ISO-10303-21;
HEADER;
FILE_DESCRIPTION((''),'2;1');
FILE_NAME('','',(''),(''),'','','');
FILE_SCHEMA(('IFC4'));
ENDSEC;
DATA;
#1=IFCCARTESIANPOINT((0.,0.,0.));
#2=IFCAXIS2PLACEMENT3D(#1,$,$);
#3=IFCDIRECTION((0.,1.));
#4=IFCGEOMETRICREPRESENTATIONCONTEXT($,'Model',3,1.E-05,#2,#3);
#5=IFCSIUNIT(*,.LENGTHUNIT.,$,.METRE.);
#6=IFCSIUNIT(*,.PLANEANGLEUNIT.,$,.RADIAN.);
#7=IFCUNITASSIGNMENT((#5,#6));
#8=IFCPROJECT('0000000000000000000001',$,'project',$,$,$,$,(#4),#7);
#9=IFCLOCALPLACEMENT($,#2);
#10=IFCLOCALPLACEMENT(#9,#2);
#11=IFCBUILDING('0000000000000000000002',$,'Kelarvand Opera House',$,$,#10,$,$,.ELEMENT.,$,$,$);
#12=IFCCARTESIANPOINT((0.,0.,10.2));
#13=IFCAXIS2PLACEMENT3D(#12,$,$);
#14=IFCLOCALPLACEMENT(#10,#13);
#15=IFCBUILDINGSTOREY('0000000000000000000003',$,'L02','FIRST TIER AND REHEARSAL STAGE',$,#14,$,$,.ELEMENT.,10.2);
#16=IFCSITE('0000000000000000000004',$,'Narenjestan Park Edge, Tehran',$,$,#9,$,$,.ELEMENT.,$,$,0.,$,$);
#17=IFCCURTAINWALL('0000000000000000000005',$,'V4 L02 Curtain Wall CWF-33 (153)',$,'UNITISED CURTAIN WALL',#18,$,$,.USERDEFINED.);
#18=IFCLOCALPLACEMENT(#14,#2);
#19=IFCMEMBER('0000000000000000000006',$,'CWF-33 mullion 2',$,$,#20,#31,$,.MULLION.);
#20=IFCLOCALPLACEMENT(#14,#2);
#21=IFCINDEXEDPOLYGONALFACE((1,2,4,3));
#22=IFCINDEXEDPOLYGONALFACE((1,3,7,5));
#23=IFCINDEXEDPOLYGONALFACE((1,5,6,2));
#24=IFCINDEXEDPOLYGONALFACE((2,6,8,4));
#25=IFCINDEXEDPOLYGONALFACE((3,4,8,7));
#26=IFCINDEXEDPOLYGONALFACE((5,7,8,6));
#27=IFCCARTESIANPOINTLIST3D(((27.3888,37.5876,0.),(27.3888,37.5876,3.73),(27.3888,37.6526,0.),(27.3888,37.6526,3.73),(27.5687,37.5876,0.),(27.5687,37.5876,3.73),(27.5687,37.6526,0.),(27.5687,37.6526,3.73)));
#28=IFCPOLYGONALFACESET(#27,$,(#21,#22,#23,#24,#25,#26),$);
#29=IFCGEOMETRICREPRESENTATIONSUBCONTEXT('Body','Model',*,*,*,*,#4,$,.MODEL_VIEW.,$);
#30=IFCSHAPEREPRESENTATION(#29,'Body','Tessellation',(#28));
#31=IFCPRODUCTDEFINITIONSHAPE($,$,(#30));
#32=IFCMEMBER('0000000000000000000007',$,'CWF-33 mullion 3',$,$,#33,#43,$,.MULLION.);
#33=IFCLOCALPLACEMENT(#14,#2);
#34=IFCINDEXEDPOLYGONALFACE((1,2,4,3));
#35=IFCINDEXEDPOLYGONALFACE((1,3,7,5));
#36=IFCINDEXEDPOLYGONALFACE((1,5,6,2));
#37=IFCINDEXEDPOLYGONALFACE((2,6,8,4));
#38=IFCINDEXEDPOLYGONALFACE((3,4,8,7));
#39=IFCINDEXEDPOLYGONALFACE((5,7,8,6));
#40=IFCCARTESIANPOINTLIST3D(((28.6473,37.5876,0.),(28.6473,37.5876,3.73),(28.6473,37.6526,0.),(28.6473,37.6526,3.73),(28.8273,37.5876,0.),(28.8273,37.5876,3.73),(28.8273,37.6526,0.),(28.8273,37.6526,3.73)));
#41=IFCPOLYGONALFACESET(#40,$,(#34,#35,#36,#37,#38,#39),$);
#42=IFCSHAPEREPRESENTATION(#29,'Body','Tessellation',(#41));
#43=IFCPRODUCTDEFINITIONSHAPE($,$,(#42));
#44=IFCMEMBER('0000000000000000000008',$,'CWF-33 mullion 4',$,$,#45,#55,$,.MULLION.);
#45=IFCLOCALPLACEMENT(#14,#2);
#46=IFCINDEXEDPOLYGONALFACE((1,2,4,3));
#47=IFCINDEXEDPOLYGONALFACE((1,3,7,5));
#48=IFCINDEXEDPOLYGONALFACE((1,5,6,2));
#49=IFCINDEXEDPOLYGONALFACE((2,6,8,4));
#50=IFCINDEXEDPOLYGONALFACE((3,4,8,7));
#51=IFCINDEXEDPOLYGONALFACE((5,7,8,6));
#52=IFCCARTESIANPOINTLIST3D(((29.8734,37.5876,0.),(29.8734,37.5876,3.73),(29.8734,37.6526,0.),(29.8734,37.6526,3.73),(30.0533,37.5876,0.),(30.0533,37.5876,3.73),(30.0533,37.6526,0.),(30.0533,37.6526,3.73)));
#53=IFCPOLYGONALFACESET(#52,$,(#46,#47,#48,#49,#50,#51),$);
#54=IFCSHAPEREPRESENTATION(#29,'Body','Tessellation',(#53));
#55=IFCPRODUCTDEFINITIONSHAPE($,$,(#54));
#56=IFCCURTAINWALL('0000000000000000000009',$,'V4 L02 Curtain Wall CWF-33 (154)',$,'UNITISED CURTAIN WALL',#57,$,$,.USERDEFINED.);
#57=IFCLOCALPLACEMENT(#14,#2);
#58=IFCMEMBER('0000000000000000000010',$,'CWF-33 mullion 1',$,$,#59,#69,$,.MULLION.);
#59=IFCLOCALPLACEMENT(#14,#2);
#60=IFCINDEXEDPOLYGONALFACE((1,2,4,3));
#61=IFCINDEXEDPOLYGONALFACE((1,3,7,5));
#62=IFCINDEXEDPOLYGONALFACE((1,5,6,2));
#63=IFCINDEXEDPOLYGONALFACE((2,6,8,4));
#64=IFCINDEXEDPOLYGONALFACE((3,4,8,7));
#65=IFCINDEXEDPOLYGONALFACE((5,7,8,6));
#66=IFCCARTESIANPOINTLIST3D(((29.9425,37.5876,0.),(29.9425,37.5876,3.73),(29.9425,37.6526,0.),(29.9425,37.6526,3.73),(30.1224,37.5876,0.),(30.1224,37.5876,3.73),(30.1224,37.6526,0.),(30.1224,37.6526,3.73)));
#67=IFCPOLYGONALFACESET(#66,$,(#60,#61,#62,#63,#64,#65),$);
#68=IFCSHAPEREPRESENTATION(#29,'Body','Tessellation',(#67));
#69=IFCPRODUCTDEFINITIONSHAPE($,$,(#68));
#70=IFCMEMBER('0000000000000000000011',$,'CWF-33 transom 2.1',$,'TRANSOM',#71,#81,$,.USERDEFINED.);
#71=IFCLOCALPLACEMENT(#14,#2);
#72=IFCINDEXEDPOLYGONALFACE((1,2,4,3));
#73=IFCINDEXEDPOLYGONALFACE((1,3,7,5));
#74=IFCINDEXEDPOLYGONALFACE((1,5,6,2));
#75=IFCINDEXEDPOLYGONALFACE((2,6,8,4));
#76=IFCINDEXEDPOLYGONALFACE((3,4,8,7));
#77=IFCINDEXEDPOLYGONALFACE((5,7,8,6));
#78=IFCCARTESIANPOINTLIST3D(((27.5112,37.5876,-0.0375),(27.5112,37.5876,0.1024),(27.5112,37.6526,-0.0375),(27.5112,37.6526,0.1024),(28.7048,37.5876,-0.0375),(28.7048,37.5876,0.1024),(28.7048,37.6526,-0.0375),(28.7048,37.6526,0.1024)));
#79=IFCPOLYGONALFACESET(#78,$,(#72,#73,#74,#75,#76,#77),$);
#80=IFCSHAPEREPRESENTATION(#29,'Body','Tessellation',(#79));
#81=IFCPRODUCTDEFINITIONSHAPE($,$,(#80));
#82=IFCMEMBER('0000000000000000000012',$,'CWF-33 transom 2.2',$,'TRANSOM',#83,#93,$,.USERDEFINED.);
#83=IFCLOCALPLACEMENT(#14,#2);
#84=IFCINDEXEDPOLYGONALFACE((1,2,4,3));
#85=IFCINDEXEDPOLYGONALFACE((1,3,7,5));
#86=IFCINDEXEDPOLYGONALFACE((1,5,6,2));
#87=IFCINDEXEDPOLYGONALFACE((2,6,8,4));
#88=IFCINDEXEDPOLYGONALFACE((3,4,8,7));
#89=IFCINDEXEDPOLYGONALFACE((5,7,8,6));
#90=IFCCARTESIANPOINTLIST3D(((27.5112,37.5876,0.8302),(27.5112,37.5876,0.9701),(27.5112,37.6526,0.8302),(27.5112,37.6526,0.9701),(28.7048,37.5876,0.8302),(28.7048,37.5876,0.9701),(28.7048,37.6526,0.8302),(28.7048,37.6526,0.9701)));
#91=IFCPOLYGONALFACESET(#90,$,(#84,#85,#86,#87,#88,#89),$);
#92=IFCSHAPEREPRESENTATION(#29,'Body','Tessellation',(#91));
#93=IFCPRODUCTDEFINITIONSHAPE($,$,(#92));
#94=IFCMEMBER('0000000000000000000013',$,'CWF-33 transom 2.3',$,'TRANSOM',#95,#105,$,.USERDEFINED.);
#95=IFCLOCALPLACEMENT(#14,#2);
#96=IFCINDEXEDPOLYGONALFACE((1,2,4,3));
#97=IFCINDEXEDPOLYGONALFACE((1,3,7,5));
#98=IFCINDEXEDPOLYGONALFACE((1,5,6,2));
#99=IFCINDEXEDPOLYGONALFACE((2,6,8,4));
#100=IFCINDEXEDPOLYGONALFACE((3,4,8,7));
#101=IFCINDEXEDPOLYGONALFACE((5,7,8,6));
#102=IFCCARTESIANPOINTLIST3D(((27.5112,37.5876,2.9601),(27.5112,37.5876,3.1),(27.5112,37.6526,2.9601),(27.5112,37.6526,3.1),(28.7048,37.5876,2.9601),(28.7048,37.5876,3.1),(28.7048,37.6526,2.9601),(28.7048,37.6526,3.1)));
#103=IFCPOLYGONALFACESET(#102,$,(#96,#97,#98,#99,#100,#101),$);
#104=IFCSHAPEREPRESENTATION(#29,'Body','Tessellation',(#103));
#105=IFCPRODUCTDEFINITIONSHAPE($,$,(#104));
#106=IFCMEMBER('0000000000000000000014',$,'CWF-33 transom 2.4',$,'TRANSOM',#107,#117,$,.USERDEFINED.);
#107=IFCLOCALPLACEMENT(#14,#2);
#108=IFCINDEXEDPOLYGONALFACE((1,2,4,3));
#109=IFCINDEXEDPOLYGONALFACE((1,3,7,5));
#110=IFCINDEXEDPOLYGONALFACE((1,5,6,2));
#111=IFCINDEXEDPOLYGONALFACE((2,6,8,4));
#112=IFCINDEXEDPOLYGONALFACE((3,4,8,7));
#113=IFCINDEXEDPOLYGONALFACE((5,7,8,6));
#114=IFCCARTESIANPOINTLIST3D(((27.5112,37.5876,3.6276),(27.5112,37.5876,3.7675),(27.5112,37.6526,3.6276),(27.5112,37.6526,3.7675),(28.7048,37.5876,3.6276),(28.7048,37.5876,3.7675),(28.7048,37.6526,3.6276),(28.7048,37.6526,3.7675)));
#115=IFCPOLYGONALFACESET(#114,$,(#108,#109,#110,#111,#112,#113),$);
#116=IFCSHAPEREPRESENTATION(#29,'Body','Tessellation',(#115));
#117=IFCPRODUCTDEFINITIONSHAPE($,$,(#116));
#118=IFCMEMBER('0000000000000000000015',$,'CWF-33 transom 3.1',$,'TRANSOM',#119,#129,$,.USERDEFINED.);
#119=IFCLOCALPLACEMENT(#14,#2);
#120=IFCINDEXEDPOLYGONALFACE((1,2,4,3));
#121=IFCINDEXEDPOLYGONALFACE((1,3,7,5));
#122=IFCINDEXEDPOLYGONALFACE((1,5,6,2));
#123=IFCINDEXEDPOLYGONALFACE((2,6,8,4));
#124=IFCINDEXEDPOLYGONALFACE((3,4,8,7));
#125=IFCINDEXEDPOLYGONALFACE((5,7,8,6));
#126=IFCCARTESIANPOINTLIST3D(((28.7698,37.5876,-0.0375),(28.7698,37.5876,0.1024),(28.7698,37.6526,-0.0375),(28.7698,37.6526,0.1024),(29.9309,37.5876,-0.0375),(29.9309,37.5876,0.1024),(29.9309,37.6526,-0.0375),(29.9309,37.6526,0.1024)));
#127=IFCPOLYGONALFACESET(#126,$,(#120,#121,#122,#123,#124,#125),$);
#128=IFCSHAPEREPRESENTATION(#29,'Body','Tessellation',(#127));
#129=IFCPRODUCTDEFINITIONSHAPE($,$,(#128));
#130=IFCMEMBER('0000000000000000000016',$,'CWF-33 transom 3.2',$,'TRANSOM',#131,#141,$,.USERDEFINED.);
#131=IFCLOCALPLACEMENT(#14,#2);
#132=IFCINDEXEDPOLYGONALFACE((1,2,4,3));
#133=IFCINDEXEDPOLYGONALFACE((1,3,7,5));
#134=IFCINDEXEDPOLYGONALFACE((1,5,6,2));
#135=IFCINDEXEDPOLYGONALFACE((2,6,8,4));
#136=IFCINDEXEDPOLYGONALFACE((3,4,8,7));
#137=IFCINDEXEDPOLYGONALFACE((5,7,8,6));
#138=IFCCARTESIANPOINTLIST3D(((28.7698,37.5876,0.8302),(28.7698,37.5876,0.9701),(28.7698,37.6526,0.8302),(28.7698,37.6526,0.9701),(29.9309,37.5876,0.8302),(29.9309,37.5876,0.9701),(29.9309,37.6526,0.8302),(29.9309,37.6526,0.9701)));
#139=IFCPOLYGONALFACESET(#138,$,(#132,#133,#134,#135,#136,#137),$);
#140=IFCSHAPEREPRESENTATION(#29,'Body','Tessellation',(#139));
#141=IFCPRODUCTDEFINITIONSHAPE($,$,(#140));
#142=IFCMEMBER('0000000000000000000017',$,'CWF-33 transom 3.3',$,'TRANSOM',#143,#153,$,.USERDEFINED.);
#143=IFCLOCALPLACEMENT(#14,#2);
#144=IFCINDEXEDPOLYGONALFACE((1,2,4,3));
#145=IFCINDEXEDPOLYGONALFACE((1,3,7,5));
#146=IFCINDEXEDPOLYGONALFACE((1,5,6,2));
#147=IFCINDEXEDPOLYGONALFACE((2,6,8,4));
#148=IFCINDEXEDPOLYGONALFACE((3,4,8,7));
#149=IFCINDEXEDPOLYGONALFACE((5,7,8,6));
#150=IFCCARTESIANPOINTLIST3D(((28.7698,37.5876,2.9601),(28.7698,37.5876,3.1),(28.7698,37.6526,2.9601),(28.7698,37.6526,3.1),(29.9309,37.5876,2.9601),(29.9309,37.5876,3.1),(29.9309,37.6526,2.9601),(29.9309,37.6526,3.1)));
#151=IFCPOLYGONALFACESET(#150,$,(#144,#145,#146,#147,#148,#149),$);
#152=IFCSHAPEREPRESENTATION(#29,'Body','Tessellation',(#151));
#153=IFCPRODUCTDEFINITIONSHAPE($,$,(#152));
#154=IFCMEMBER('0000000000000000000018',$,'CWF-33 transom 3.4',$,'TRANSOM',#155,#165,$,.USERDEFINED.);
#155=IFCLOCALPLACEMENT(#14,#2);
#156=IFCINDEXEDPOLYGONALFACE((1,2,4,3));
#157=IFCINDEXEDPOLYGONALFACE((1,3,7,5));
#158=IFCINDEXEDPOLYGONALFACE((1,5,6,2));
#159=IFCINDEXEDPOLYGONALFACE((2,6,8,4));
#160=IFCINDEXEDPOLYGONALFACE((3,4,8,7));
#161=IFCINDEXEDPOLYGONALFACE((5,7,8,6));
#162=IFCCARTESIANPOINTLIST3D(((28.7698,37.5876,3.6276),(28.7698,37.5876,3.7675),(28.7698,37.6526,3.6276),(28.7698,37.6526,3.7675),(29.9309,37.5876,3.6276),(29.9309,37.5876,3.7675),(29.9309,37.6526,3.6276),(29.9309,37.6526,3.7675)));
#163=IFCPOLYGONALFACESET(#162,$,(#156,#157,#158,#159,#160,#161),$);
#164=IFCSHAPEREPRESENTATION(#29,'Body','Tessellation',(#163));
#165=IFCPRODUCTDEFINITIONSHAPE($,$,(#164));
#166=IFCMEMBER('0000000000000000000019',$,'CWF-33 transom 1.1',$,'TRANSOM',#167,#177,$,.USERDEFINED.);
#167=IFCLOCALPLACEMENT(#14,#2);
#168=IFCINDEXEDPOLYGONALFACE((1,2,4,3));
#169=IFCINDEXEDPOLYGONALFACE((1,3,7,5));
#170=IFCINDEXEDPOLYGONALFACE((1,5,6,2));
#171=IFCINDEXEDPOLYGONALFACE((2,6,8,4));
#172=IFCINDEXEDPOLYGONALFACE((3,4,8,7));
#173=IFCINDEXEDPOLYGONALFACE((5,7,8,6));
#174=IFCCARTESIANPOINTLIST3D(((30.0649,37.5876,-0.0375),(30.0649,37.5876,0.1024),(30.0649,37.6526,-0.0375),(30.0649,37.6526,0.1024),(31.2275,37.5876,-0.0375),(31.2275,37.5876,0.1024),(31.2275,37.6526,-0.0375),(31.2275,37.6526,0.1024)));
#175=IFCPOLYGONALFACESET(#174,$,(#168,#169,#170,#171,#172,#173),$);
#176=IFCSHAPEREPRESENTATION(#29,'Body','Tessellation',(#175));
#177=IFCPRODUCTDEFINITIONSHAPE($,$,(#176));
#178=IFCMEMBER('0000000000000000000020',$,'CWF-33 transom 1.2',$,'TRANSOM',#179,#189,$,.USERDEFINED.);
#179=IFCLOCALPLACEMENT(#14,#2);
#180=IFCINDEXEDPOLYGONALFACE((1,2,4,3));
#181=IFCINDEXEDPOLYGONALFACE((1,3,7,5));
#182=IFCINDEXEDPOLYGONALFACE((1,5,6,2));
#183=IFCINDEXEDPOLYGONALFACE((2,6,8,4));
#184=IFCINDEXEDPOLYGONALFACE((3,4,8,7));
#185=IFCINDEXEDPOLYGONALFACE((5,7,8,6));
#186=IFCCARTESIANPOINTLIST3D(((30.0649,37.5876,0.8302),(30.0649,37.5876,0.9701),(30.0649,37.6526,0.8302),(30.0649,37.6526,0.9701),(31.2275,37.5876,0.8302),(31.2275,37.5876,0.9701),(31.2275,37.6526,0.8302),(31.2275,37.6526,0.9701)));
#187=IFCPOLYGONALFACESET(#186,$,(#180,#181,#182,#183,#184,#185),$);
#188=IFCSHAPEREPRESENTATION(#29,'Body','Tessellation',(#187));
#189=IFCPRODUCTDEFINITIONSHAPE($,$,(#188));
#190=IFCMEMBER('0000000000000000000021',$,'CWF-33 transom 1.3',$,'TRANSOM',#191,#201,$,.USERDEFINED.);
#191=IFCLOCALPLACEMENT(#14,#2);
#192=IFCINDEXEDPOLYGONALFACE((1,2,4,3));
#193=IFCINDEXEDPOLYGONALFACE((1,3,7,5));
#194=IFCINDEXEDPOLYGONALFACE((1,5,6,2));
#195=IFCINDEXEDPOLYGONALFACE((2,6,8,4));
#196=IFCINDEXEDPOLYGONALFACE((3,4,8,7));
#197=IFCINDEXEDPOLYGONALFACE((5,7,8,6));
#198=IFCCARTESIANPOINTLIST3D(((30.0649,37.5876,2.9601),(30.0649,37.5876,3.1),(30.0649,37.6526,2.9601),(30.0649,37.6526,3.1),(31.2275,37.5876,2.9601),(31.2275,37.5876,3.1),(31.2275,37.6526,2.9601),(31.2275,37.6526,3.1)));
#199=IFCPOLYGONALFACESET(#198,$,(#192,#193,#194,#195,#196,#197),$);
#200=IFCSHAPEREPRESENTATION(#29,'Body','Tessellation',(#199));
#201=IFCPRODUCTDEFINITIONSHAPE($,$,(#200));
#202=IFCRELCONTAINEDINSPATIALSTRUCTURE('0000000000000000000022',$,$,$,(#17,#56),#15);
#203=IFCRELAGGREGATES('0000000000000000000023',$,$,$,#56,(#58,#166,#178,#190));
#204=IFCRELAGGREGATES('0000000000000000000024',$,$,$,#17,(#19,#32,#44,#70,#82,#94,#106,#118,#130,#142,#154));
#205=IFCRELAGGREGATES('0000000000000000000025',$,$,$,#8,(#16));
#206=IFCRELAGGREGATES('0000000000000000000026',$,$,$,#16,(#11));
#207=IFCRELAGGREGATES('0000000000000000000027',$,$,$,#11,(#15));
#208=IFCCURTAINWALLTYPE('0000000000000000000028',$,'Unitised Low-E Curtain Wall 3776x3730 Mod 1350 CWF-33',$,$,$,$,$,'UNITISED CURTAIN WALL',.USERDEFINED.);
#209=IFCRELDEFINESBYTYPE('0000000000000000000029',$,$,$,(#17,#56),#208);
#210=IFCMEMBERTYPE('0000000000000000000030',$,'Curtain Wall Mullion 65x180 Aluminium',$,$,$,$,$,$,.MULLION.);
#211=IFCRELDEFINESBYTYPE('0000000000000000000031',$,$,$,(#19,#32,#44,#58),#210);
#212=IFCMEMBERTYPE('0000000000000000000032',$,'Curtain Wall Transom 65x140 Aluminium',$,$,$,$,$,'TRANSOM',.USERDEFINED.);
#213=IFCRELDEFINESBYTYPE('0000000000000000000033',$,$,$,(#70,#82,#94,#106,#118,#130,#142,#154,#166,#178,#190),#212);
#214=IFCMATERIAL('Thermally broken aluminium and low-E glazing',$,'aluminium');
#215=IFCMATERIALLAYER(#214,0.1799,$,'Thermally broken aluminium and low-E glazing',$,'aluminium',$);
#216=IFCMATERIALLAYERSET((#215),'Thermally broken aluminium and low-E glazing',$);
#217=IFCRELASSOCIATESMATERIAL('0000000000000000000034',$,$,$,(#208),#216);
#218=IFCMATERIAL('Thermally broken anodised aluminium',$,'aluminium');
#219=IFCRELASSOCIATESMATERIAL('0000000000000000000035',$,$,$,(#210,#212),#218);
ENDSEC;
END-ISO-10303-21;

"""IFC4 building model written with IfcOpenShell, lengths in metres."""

from ifc_helpers import new_model, si_unit, direction, frame, origin, origin_2d, place, context, subcontext, project, spatial, rectangle, extrude, material, layer, layer_set, material_profile, profile_set, type_object, element, aggregate, save


model = new_model("IFC4")

# Units and contexts
model_context = context("Model", 3, precision=1e-05, world=origin(), true_north=direction((0.0, 1.0)))
body_context = subcontext(model_context, "Body", "Model", "MODEL_VIEW")
ifc_project = project(units=[si_unit("LENGTHUNIT", "METRE"), si_unit("PLANEANGLEUNIT", "RADIAN")], contexts=[model_context])

# Site, building, storey
site_placement = place(None, origin())
site = spatial("IfcSite", under=ifc_project, at=site_placement, Name="Narenjestan Park Edge, Tehran", CompositionType="ELEMENT", RefElevation=0.0)
building_placement = place(site_placement, origin())
building = spatial("IfcBuilding", under=site, at=building_placement, Name="Kelarvand Opera House", CompositionType="ELEMENT")
storey_placement = place(building_placement, frame((0.0, 0.0, 10.2)))
storey = spatial("IfcBuildingStorey", under=building, at=storey_placement, Name="L02", Description="FIRST TIER AND REHEARSAL STAGE", CompositionType="ELEMENT", Elevation=10.2)

# Curtain wall, members
ifc_material_1 = material(Name="Thermally broken aluminium and low-E glazing", Category="aluminium")
ifc_layer_1 = layer(ifc_material_1, 0.1799, Name="Thermally broken aluminium and low-E glazing", Category="aluminium")
ifc_layer_set_1 = layer_set([ifc_layer_1], Name="Thermally broken aluminium and low-E glazing")
curtain_wall_type = type_object("IfcCurtainWallType", Name="Unitised Low-E Curtain Wall 3776x3730 Mod 1350 CWF-33", ElementType="UNITISED CURTAIN WALL", PredefinedType="USERDEFINED", material=ifc_layer_set_1)
curtain_wall_1_placement = place(storey_placement, origin())
curtain_wall_1 = element("IfcCurtainWall", 1, at=curtain_wall_1_placement, inside=storey, type_object=curtain_wall_type, Name="V4 L02 Curtain Wall CWF-33 (153)", ObjectType="UNITISED CURTAIN WALL", PredefinedType="USERDEFINED")
ifc_material_2 = material(Name="Thermally broken anodised aluminium", Category="aluminium")
ifc_material_profile_1 = material_profile(ifc_material_2, rectangle(XDim=0.0649, YDim=0.1799, at=origin_2d()), Name="ALU MULLION 65x180", Category="aluminium")
ifc_profile_set_1 = profile_set([ifc_material_profile_1], Name="Thermally broken anodised aluminium")
member_type_1 = type_object("IfcMemberType", Name="Curtain Wall Mullion 65x180 Aluminium", PredefinedType="MULLION", material=ifc_profile_set_1)
member_1_placement = place(storey_placement, frame((27.4788, 37.6201, 0.0), z_axis=(0.0, 0.0, 1.0), x_axis=(0.0, 1.0, 0.0)))
member_1 = element("IfcMember", 2, at=member_1_placement, type_object=member_type_1, Name="CWF-33 mullion 2", PredefinedType="MULLION", context=body_context, shape_type="SweptSolid", body=[
    extrude(rectangle(XDim=0.0649, YDim=0.1799, at=origin_2d()), origin(), (0.0, 0.0, 1.0), 3.73),
])
member_2_placement = place(storey_placement, frame((28.7373, 37.6201, 0.0), z_axis=(0.0, 0.0, 1.0), x_axis=(0.0, 1.0, 0.0)))
member_2 = element("IfcMember", 3, at=member_2_placement, type_object=member_type_1, Name="CWF-33 mullion 3", PredefinedType="MULLION", context=body_context, shape_type="SweptSolid", body=[
    extrude(rectangle(XDim=0.0649, YDim=0.1799, at=origin_2d()), origin(), (0.0, 0.0, 1.0), 3.73),
])
member_3_placement = place(storey_placement, frame((29.9634, 37.6201, 0.0), z_axis=(0.0, 0.0, 1.0), x_axis=(0.0, 1.0, 0.0)))
member_3 = element("IfcMember", 4, at=member_3_placement, type_object=member_type_1, Name="CWF-33 mullion 4", PredefinedType="MULLION", context=body_context, shape_type="SweptSolid", body=[
    extrude(rectangle(XDim=0.0649, YDim=0.1799, at=origin_2d()), origin(), (0.0, 0.0, 1.0), 3.73),
])

# Curtain wall, member
curtain_wall_2_placement = place(storey_placement, origin())
curtain_wall_2 = element("IfcCurtainWall", 5, at=curtain_wall_2_placement, inside=storey, type_object=curtain_wall_type, Name="V4 L02 Curtain Wall CWF-33 (154)", ObjectType="UNITISED CURTAIN WALL", PredefinedType="USERDEFINED")
member_4_placement = place(storey_placement, frame((30.0325, 37.6201, 0.0), z_axis=(0.0, 0.0, 1.0), x_axis=(0.0, 1.0, 0.0)))
member_4 = element("IfcMember", 6, at=member_4_placement, type_object=member_type_1, Name="CWF-33 mullion 1", PredefinedType="MULLION", context=body_context, shape_type="SweptSolid", body=[
    extrude(rectangle(XDim=0.0649, YDim=0.1799, at=origin_2d()), origin(), (0.0, 0.0, 1.0), 3.73),
])

# Members
ifc_material_profile_2 = material_profile(ifc_material_2, rectangle(XDim=0.0649, YDim=0.1399, at=origin_2d()), Name="ALU TRANSOM 65x140", Category="aluminium")
ifc_profile_set_2 = profile_set([ifc_material_profile_2], Name="Thermally broken anodised aluminium")
member_type_2 = type_object("IfcMemberType", Name="Curtain Wall Transom 65x140 Aluminium", ElementType="TRANSOM", PredefinedType="USERDEFINED", material=ifc_profile_set_2)
member_5_placement = place(storey_placement, frame((27.5112, 37.6201, 0.0325), z_axis=(1.0, 0.0, 0.0), x_axis=(0.0, 1.0, 0.0)))
member_5 = element("IfcMember", 7, at=member_5_placement, type_object=member_type_2, Name="CWF-33 transom 2.1", ObjectType="TRANSOM", PredefinedType="USERDEFINED", context=body_context, shape_type="SweptSolid", body=[
    extrude(rectangle(XDim=0.0649, YDim=0.1399, at=origin_2d()), origin(), (0.0, 0.0, 1.0), 1.1936),
])
member_6_placement = place(storey_placement, frame((27.5112, 37.6201, 0.9001), z_axis=(1.0, 0.0, 0.0), x_axis=(0.0, 1.0, 0.0)))
member_6 = element("IfcMember", 8, at=member_6_placement, type_object=member_type_2, Name="CWF-33 transom 2.2", ObjectType="TRANSOM", PredefinedType="USERDEFINED", context=body_context, shape_type="SweptSolid", body=[
    extrude(rectangle(XDim=0.0649, YDim=0.1399, at=origin_2d()), origin(), (0.0, 0.0, 1.0), 1.1936),
])
member_7_placement = place(storey_placement, frame((27.5112, 37.6201, 3.03), z_axis=(1.0, 0.0, 0.0), x_axis=(0.0, 1.0, 0.0)))
member_7 = element("IfcMember", 9, at=member_7_placement, type_object=member_type_2, Name="CWF-33 transom 2.3", ObjectType="TRANSOM", PredefinedType="USERDEFINED", context=body_context, shape_type="SweptSolid", body=[
    extrude(rectangle(XDim=0.0649, YDim=0.1399, at=origin_2d()), origin(), (0.0, 0.0, 1.0), 1.1936),
])
member_8_placement = place(storey_placement, frame((27.5112, 37.6201, 3.6975), z_axis=(1.0, 0.0, 0.0), x_axis=(0.0, 1.0, 0.0)))
member_8 = element("IfcMember", 10, at=member_8_placement, type_object=member_type_2, Name="CWF-33 transom 2.4", ObjectType="TRANSOM", PredefinedType="USERDEFINED", context=body_context, shape_type="SweptSolid", body=[
    extrude(rectangle(XDim=0.0649, YDim=0.1399, at=origin_2d()), origin(), (0.0, 0.0, 1.0), 1.1936),
])
member_9_placement = place(storey_placement, frame((28.7698, 37.6201, 0.0325), z_axis=(1.0, 0.0, 0.0), x_axis=(0.0, 1.0, 0.0)))
member_9 = element("IfcMember", 11, at=member_9_placement, type_object=member_type_2, Name="CWF-33 transom 3.1", ObjectType="TRANSOM", PredefinedType="USERDEFINED", context=body_context, shape_type="SweptSolid", body=[
    extrude(rectangle(XDim=0.0649, YDim=0.1399, at=origin_2d()), origin(), (0.0, 0.0, 1.0), 1.1611),
])
member_10_placement = place(storey_placement, frame((28.7698, 37.6201, 0.9001), z_axis=(1.0, 0.0, 0.0), x_axis=(0.0, 1.0, 0.0)))
member_10 = element("IfcMember", 12, at=member_10_placement, type_object=member_type_2, Name="CWF-33 transom 3.2", ObjectType="TRANSOM", PredefinedType="USERDEFINED", context=body_context, shape_type="SweptSolid", body=[
    extrude(rectangle(XDim=0.0649, YDim=0.1399, at=origin_2d()), origin(), (0.0, 0.0, 1.0), 1.1611),
])
member_11_placement = place(storey_placement, frame((28.7698, 37.6201, 3.03), z_axis=(1.0, 0.0, 0.0), x_axis=(0.0, 1.0, 0.0)))
member_11 = element("IfcMember", 13, at=member_11_placement, type_object=member_type_2, Name="CWF-33 transom 3.3", ObjectType="TRANSOM", PredefinedType="USERDEFINED", context=body_context, shape_type="SweptSolid", body=[
    extrude(rectangle(XDim=0.0649, YDim=0.1399, at=origin_2d()), origin(), (0.0, 0.0, 1.0), 1.1611),
])
member_12_placement = place(storey_placement, frame((28.7698, 37.6201, 3.6975), z_axis=(1.0, 0.0, 0.0), x_axis=(0.0, 1.0, 0.0)))
member_12 = element("IfcMember", 14, at=member_12_placement, type_object=member_type_2, Name="CWF-33 transom 3.4", ObjectType="TRANSOM", PredefinedType="USERDEFINED", context=body_context, shape_type="SweptSolid", body=[
    extrude(rectangle(XDim=0.0649, YDim=0.1399, at=origin_2d()), origin(), (0.0, 0.0, 1.0), 1.1611),
])
member_13_placement = place(storey_placement, frame((30.0649, 37.6201, 0.0325), z_axis=(1.0, 0.0, 0.0), x_axis=(0.0, 1.0, 0.0)))
member_13 = element("IfcMember", 15, at=member_13_placement, type_object=member_type_2, Name="CWF-33 transom 1.1", ObjectType="TRANSOM", PredefinedType="USERDEFINED", context=body_context, shape_type="SweptSolid", body=[
    extrude(rectangle(XDim=0.0649, YDim=0.1399, at=origin_2d()), origin(), (0.0, 0.0, 1.0), 1.1626),
])
member_14_placement = place(storey_placement, frame((30.0649, 37.6201, 0.9001), z_axis=(1.0, 0.0, 0.0), x_axis=(0.0, 1.0, 0.0)))
member_14 = element("IfcMember", 16, at=member_14_placement, type_object=member_type_2, Name="CWF-33 transom 1.2", ObjectType="TRANSOM", PredefinedType="USERDEFINED", context=body_context, shape_type="SweptSolid", body=[
    extrude(rectangle(XDim=0.0649, YDim=0.1399, at=origin_2d()), origin(), (0.0, 0.0, 1.0), 1.1626),
])
member_15_placement = place(storey_placement, frame((30.0649, 37.6201, 3.03), z_axis=(1.0, 0.0, 0.0), x_axis=(0.0, 1.0, 0.0)))
member_15 = element("IfcMember", 17, at=member_15_placement, type_object=member_type_2, Name="CWF-33 transom 1.3", ObjectType="TRANSOM", PredefinedType="USERDEFINED", context=body_context, shape_type="SweptSolid", body=[
    extrude(rectangle(XDim=0.0649, YDim=0.1399, at=origin_2d()), origin(), (0.0, 0.0, 1.0), 1.1626),
])
aggregate(curtain_wall_2, [member_4, member_13, member_14, member_15])

aggregate(curtain_wall_1, [member_1, member_2, member_3, member_5, member_6, member_7, member_8, member_9, member_10, member_11, member_12])

save(model, "model.ifc")
